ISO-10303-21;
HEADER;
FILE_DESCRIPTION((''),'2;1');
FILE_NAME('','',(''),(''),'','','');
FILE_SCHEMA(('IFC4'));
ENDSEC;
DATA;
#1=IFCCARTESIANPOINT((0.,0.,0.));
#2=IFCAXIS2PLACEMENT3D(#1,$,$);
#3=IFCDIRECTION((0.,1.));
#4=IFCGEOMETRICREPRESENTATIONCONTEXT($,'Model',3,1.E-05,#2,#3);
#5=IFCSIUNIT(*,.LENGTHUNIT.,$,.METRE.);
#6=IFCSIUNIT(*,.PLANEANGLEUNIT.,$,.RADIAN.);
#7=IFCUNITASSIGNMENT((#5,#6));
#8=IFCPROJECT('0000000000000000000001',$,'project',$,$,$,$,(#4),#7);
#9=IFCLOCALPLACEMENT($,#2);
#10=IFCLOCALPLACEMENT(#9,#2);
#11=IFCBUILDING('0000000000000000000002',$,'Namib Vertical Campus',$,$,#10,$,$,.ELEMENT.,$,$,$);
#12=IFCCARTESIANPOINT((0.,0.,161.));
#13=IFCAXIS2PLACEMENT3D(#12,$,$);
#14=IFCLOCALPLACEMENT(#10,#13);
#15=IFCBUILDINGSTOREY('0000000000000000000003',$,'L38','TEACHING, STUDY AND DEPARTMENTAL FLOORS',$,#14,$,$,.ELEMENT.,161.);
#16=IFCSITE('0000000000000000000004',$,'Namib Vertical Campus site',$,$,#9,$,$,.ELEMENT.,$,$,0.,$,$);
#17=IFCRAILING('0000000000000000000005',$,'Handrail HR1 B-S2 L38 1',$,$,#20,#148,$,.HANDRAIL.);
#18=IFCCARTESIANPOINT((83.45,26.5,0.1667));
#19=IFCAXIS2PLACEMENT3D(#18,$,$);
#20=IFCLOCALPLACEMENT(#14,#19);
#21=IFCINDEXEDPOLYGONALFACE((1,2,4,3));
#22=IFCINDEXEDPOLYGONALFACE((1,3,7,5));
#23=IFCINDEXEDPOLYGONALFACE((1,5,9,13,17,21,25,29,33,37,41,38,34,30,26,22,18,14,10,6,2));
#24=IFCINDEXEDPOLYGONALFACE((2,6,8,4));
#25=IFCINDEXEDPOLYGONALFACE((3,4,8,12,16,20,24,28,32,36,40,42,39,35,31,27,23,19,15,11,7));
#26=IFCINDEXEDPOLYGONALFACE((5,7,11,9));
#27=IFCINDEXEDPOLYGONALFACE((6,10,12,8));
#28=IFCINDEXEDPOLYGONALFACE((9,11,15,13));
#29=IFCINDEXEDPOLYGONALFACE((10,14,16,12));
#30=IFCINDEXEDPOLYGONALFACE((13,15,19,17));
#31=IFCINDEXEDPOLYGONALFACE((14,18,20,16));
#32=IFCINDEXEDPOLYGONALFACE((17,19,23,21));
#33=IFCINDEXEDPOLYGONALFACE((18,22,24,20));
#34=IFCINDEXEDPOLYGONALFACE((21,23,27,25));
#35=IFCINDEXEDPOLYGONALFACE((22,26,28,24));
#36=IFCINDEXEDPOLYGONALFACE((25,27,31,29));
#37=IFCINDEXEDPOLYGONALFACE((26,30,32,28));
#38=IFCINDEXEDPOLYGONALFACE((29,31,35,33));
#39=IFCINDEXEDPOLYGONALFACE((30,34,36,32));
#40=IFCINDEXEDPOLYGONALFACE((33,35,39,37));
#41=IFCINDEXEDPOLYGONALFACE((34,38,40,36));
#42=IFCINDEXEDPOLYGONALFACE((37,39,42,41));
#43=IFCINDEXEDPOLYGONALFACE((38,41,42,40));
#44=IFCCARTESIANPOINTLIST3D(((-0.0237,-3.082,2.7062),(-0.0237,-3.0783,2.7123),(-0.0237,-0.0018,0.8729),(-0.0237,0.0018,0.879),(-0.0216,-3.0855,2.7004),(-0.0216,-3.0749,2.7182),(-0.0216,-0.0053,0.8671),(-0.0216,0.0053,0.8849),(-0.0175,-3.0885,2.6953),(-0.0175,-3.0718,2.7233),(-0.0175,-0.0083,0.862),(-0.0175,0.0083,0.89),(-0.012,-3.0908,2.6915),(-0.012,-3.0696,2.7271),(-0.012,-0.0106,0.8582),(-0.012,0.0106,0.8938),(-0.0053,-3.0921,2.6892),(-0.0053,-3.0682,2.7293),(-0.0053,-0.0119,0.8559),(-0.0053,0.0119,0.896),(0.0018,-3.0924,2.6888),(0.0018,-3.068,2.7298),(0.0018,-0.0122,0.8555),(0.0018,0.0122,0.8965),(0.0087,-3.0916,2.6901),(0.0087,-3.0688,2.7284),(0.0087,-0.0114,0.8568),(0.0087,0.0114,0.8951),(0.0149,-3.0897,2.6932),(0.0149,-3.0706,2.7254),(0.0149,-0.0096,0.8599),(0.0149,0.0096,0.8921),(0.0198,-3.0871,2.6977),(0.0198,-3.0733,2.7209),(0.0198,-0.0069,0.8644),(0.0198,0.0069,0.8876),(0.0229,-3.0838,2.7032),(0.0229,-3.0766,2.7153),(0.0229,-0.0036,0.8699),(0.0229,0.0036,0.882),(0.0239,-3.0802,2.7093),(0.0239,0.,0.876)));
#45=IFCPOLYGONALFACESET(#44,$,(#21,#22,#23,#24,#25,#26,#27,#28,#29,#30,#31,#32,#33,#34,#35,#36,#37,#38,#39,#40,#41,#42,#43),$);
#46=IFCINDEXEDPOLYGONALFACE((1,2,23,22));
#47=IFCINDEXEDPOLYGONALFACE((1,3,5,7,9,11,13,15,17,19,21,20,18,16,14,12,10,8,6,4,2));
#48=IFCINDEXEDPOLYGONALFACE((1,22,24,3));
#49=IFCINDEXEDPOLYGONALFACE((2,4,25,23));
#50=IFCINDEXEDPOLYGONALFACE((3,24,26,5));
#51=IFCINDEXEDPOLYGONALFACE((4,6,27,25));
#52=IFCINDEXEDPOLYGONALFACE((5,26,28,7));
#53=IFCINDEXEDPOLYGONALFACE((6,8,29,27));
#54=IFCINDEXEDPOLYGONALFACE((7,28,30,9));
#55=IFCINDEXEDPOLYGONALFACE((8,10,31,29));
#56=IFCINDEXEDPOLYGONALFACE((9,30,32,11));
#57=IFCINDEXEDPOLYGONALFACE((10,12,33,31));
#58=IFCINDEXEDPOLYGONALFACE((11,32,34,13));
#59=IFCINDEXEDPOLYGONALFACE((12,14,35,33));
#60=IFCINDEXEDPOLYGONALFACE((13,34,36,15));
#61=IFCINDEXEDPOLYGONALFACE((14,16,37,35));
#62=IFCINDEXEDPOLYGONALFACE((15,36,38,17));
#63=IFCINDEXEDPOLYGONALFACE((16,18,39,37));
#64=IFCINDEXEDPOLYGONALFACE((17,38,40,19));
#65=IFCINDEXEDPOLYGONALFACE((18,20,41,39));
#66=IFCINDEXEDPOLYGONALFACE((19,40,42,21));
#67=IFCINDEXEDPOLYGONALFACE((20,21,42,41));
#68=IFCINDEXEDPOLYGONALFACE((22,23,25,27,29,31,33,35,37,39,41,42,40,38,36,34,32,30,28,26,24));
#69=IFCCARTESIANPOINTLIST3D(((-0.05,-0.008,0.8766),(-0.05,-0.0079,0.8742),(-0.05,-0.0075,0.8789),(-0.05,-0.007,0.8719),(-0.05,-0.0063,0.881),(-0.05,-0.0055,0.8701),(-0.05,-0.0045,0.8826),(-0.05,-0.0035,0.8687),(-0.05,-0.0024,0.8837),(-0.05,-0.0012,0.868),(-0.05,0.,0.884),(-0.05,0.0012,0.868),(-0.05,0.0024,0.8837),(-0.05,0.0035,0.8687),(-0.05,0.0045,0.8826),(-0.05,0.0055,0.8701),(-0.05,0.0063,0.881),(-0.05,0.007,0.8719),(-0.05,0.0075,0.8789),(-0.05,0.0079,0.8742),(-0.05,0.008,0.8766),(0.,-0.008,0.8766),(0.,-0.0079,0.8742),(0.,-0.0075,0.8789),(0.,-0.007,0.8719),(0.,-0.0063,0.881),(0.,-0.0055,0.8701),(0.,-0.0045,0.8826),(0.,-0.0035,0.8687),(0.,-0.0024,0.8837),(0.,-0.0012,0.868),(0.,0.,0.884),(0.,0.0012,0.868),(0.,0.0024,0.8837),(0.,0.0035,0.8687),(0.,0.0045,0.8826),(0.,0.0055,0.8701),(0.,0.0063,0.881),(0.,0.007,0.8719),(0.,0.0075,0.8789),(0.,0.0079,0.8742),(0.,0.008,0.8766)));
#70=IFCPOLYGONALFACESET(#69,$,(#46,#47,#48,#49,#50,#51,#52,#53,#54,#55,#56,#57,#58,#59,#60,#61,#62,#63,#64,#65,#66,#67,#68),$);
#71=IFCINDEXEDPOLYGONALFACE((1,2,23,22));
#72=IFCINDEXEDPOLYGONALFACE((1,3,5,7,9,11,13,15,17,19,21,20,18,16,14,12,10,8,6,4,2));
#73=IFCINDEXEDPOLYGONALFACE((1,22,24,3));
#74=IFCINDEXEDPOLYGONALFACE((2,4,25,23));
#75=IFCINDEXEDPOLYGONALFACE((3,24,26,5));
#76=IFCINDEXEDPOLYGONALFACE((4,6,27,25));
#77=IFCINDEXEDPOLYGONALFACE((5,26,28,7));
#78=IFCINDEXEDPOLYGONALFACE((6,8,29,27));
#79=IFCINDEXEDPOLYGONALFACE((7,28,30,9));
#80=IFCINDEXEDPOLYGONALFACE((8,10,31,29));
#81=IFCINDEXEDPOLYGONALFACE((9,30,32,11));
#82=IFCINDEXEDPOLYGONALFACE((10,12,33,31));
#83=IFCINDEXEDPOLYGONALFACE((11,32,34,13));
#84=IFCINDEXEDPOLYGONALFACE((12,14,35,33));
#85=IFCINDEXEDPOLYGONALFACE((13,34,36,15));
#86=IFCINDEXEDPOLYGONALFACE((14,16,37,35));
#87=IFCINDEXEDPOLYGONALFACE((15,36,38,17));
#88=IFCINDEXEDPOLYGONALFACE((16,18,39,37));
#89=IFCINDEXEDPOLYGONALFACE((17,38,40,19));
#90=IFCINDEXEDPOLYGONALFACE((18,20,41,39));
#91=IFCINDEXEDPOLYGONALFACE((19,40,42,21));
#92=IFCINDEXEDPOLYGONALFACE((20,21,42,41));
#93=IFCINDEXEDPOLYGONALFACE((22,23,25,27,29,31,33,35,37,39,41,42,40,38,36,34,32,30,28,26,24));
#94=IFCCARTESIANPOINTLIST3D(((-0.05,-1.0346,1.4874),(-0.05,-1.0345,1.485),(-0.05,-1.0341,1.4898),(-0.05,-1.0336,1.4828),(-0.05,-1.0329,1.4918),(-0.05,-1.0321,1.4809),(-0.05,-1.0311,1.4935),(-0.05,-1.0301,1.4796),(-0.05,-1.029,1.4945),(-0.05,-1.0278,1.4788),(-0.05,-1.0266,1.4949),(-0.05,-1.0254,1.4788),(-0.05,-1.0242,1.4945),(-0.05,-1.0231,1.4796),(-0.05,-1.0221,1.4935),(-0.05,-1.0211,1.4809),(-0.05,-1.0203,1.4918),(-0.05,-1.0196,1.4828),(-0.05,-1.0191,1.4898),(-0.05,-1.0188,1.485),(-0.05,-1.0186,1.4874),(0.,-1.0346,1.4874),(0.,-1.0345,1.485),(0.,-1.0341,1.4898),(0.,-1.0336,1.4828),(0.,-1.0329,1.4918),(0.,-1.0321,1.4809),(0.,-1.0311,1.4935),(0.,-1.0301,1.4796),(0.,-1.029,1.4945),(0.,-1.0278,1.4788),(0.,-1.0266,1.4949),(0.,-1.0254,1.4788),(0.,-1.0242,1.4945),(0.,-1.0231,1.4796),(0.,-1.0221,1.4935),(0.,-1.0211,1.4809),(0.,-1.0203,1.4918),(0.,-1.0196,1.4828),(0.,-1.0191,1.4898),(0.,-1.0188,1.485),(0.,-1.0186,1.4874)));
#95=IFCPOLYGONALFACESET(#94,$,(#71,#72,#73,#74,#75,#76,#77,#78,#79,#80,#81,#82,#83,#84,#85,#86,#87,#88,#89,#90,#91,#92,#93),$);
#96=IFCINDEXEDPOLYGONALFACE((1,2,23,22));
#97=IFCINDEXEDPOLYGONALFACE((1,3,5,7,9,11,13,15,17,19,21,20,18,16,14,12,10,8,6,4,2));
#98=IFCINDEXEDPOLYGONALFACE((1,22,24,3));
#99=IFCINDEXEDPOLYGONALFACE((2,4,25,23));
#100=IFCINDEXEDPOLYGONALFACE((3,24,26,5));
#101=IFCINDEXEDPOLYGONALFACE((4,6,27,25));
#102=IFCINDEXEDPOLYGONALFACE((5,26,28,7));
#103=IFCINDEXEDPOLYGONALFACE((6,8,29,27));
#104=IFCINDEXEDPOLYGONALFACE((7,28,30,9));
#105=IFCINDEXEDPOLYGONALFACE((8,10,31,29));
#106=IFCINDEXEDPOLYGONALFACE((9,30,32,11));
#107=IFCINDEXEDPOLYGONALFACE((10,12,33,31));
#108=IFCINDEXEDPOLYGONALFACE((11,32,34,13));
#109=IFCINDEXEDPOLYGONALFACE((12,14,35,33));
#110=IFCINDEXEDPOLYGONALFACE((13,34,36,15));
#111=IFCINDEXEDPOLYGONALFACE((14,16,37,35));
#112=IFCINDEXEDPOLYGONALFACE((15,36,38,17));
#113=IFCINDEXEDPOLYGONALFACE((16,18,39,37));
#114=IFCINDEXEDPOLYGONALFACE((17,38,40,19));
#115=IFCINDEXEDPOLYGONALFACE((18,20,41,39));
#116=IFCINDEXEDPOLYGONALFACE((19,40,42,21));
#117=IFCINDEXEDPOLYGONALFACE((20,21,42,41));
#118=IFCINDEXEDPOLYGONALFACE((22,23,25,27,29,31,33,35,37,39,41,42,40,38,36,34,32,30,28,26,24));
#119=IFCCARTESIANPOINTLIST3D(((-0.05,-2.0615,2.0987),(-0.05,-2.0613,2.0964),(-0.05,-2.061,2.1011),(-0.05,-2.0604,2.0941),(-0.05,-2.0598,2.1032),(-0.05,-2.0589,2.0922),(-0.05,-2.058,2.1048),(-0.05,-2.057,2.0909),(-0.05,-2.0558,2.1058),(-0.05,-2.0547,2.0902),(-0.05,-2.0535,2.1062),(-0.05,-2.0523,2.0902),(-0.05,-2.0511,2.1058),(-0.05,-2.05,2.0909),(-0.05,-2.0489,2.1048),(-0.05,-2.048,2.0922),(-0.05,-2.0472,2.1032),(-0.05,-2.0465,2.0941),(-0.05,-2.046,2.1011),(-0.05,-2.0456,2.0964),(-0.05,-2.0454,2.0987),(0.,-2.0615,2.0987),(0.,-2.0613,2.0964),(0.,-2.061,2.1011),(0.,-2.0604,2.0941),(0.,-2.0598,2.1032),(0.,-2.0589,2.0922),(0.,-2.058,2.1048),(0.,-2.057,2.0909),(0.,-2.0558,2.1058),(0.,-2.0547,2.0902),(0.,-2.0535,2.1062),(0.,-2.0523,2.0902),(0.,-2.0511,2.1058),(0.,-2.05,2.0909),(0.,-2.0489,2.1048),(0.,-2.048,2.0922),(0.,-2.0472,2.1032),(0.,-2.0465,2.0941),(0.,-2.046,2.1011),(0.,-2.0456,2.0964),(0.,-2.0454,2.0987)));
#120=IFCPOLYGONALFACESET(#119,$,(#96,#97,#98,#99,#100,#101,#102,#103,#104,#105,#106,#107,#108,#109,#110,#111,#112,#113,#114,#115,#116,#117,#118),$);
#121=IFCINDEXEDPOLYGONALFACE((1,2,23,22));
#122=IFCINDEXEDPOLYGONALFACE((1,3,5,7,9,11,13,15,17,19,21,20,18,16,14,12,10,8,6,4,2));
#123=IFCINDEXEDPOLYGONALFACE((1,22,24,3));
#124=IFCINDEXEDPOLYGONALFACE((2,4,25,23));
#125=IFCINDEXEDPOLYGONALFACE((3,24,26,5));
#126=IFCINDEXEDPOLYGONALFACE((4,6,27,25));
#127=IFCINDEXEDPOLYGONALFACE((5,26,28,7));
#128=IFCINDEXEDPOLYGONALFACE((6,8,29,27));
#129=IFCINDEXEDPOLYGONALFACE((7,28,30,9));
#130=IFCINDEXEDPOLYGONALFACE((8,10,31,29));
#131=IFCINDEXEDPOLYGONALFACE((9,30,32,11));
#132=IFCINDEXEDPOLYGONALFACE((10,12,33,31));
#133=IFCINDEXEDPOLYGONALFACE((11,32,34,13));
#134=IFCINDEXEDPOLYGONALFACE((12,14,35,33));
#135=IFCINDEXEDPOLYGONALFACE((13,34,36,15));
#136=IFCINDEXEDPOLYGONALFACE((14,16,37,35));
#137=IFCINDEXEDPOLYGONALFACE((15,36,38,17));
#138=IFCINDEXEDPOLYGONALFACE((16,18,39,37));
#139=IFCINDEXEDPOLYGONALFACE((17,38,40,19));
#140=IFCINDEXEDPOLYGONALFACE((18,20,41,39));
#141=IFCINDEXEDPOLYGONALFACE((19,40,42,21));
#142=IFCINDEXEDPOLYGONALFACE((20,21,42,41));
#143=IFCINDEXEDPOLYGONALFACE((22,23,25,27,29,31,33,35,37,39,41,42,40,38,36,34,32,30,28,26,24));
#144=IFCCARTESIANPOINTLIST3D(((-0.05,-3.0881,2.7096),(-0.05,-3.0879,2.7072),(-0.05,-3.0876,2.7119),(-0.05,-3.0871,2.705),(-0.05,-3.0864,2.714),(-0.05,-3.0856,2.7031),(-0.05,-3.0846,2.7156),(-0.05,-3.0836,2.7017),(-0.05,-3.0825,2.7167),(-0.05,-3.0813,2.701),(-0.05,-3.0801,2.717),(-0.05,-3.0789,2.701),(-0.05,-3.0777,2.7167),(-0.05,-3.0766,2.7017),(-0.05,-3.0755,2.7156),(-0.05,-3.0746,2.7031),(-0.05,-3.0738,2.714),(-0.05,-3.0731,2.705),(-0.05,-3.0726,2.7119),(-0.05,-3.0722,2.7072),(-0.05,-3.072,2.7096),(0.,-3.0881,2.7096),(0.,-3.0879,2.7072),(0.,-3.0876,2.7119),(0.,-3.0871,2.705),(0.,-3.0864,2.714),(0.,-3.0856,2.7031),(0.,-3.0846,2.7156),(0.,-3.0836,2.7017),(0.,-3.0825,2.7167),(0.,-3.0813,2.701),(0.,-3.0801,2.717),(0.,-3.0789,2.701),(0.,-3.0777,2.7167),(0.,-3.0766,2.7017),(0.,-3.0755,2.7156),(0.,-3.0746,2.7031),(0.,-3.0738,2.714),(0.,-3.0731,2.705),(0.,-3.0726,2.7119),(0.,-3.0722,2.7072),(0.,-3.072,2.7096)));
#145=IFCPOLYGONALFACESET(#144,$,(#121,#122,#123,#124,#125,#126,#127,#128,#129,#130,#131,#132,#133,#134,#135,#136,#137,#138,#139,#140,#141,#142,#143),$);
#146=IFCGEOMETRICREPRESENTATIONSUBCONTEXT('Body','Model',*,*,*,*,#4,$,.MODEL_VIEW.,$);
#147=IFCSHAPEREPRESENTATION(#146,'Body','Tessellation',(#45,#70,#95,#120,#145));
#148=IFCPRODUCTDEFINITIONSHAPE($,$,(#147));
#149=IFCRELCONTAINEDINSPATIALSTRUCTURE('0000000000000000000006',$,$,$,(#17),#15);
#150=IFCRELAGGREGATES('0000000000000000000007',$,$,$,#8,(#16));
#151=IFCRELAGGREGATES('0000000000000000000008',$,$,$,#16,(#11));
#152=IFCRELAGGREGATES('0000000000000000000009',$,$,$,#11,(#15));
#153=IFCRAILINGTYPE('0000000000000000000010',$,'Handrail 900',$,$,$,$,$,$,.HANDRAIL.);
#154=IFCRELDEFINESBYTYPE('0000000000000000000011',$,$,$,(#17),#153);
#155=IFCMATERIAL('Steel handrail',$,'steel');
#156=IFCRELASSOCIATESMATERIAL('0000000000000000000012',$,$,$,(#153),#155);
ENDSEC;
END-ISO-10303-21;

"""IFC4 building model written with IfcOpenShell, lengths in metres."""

from ifc_helpers import new_model, si_unit, direction, frame, origin, origin_2d, place, context, subcontext, project, spatial, circle, extrude, material, type_object, element, save


model = new_model("IFC4")

# Units and contexts
model_context = context("Model", 3, precision=1e-05, world=origin(), true_north=direction((0.0, 1.0)))
body_context = subcontext(model_context, "Body", "Model", "MODEL_VIEW")
ifc_project = project(units=[si_unit("LENGTHUNIT", "METRE"), si_unit("PLANEANGLEUNIT", "RADIAN")], contexts=[model_context])

# Site, building, storey
site_placement = place(None, origin())
site = spatial("IfcSite", under=ifc_project, at=site_placement, Name="Namib Vertical Campus site", CompositionType="ELEMENT", RefElevation=0.0)
building_placement = place(site_placement, origin())
building = spatial("IfcBuilding", under=site, at=building_placement, Name="Namib Vertical Campus", CompositionType="ELEMENT")
storey_placement = place(building_placement, frame((0.0, 0.0, 161.0)))
storey = spatial("IfcBuildingStorey", under=building, at=storey_placement, Name="L38", Description="TEACHING, STUDY AND DEPARTMENTAL FLOORS", CompositionType="ELEMENT", Elevation=161.0)

# Railing
ifc_material_1 = material(Name="Steel handrail", Category="steel")
railing_type_1 = type_object("IfcRailingType", Name="Handrail 900", PredefinedType="HANDRAIL", material=ifc_material_1)
railing_1_placement = place(storey_placement, frame((83.45, 26.5, 0.1667)))
element("IfcRailing", 1, at=railing_1_placement, inside=storey, type_object=railing_type_1, Name="Handrail HR1 B-S2 L38 1", PredefinedType="HANDRAIL", context=body_context, shape_type="SweptSolid", body=[
    extrude(circle(Radius=0.0239, at=origin_2d()), frame((0.0, 0.0, 0.876), z_axis=(0.0, -0.859309, 0.511458), x_axis=(1.0, 0.0, 0.0)), (0.0, 0.0, 1.0), 3.5845),
    extrude(circle(Radius=0.0081, at=origin_2d()), frame((0.0, 0.0, 0.876), z_axis=(-1.0, 0.0, 0.0), x_axis=(0.0, 0.0, 1.0)), (0.0, 0.0, 1.0), 0.05),
    extrude(circle(Radius=0.0081, at=origin_2d()), frame((0.0, -1.0266, 1.4868), z_axis=(-1.0, 0.0, 0.0), x_axis=(0.0, 0.0, 1.0)), (0.0, 0.0, 1.0), 0.05),
    extrude(circle(Radius=0.0081, at=origin_2d()), frame((0.0, -2.0535, 2.0981), z_axis=(-1.0, 0.0, 0.0), x_axis=(0.0, 0.0, 1.0)), (0.0, 0.0, 1.0), 0.05),
    extrude(circle(Radius=0.0081, at=origin_2d()), frame((0.0, -3.0801, 2.709), z_axis=(-1.0, 0.0, 0.0), x_axis=(0.0, 0.0, 1.0)), (0.0, 0.0, 1.0), 0.05),
])

save(model, "model.ifc")
